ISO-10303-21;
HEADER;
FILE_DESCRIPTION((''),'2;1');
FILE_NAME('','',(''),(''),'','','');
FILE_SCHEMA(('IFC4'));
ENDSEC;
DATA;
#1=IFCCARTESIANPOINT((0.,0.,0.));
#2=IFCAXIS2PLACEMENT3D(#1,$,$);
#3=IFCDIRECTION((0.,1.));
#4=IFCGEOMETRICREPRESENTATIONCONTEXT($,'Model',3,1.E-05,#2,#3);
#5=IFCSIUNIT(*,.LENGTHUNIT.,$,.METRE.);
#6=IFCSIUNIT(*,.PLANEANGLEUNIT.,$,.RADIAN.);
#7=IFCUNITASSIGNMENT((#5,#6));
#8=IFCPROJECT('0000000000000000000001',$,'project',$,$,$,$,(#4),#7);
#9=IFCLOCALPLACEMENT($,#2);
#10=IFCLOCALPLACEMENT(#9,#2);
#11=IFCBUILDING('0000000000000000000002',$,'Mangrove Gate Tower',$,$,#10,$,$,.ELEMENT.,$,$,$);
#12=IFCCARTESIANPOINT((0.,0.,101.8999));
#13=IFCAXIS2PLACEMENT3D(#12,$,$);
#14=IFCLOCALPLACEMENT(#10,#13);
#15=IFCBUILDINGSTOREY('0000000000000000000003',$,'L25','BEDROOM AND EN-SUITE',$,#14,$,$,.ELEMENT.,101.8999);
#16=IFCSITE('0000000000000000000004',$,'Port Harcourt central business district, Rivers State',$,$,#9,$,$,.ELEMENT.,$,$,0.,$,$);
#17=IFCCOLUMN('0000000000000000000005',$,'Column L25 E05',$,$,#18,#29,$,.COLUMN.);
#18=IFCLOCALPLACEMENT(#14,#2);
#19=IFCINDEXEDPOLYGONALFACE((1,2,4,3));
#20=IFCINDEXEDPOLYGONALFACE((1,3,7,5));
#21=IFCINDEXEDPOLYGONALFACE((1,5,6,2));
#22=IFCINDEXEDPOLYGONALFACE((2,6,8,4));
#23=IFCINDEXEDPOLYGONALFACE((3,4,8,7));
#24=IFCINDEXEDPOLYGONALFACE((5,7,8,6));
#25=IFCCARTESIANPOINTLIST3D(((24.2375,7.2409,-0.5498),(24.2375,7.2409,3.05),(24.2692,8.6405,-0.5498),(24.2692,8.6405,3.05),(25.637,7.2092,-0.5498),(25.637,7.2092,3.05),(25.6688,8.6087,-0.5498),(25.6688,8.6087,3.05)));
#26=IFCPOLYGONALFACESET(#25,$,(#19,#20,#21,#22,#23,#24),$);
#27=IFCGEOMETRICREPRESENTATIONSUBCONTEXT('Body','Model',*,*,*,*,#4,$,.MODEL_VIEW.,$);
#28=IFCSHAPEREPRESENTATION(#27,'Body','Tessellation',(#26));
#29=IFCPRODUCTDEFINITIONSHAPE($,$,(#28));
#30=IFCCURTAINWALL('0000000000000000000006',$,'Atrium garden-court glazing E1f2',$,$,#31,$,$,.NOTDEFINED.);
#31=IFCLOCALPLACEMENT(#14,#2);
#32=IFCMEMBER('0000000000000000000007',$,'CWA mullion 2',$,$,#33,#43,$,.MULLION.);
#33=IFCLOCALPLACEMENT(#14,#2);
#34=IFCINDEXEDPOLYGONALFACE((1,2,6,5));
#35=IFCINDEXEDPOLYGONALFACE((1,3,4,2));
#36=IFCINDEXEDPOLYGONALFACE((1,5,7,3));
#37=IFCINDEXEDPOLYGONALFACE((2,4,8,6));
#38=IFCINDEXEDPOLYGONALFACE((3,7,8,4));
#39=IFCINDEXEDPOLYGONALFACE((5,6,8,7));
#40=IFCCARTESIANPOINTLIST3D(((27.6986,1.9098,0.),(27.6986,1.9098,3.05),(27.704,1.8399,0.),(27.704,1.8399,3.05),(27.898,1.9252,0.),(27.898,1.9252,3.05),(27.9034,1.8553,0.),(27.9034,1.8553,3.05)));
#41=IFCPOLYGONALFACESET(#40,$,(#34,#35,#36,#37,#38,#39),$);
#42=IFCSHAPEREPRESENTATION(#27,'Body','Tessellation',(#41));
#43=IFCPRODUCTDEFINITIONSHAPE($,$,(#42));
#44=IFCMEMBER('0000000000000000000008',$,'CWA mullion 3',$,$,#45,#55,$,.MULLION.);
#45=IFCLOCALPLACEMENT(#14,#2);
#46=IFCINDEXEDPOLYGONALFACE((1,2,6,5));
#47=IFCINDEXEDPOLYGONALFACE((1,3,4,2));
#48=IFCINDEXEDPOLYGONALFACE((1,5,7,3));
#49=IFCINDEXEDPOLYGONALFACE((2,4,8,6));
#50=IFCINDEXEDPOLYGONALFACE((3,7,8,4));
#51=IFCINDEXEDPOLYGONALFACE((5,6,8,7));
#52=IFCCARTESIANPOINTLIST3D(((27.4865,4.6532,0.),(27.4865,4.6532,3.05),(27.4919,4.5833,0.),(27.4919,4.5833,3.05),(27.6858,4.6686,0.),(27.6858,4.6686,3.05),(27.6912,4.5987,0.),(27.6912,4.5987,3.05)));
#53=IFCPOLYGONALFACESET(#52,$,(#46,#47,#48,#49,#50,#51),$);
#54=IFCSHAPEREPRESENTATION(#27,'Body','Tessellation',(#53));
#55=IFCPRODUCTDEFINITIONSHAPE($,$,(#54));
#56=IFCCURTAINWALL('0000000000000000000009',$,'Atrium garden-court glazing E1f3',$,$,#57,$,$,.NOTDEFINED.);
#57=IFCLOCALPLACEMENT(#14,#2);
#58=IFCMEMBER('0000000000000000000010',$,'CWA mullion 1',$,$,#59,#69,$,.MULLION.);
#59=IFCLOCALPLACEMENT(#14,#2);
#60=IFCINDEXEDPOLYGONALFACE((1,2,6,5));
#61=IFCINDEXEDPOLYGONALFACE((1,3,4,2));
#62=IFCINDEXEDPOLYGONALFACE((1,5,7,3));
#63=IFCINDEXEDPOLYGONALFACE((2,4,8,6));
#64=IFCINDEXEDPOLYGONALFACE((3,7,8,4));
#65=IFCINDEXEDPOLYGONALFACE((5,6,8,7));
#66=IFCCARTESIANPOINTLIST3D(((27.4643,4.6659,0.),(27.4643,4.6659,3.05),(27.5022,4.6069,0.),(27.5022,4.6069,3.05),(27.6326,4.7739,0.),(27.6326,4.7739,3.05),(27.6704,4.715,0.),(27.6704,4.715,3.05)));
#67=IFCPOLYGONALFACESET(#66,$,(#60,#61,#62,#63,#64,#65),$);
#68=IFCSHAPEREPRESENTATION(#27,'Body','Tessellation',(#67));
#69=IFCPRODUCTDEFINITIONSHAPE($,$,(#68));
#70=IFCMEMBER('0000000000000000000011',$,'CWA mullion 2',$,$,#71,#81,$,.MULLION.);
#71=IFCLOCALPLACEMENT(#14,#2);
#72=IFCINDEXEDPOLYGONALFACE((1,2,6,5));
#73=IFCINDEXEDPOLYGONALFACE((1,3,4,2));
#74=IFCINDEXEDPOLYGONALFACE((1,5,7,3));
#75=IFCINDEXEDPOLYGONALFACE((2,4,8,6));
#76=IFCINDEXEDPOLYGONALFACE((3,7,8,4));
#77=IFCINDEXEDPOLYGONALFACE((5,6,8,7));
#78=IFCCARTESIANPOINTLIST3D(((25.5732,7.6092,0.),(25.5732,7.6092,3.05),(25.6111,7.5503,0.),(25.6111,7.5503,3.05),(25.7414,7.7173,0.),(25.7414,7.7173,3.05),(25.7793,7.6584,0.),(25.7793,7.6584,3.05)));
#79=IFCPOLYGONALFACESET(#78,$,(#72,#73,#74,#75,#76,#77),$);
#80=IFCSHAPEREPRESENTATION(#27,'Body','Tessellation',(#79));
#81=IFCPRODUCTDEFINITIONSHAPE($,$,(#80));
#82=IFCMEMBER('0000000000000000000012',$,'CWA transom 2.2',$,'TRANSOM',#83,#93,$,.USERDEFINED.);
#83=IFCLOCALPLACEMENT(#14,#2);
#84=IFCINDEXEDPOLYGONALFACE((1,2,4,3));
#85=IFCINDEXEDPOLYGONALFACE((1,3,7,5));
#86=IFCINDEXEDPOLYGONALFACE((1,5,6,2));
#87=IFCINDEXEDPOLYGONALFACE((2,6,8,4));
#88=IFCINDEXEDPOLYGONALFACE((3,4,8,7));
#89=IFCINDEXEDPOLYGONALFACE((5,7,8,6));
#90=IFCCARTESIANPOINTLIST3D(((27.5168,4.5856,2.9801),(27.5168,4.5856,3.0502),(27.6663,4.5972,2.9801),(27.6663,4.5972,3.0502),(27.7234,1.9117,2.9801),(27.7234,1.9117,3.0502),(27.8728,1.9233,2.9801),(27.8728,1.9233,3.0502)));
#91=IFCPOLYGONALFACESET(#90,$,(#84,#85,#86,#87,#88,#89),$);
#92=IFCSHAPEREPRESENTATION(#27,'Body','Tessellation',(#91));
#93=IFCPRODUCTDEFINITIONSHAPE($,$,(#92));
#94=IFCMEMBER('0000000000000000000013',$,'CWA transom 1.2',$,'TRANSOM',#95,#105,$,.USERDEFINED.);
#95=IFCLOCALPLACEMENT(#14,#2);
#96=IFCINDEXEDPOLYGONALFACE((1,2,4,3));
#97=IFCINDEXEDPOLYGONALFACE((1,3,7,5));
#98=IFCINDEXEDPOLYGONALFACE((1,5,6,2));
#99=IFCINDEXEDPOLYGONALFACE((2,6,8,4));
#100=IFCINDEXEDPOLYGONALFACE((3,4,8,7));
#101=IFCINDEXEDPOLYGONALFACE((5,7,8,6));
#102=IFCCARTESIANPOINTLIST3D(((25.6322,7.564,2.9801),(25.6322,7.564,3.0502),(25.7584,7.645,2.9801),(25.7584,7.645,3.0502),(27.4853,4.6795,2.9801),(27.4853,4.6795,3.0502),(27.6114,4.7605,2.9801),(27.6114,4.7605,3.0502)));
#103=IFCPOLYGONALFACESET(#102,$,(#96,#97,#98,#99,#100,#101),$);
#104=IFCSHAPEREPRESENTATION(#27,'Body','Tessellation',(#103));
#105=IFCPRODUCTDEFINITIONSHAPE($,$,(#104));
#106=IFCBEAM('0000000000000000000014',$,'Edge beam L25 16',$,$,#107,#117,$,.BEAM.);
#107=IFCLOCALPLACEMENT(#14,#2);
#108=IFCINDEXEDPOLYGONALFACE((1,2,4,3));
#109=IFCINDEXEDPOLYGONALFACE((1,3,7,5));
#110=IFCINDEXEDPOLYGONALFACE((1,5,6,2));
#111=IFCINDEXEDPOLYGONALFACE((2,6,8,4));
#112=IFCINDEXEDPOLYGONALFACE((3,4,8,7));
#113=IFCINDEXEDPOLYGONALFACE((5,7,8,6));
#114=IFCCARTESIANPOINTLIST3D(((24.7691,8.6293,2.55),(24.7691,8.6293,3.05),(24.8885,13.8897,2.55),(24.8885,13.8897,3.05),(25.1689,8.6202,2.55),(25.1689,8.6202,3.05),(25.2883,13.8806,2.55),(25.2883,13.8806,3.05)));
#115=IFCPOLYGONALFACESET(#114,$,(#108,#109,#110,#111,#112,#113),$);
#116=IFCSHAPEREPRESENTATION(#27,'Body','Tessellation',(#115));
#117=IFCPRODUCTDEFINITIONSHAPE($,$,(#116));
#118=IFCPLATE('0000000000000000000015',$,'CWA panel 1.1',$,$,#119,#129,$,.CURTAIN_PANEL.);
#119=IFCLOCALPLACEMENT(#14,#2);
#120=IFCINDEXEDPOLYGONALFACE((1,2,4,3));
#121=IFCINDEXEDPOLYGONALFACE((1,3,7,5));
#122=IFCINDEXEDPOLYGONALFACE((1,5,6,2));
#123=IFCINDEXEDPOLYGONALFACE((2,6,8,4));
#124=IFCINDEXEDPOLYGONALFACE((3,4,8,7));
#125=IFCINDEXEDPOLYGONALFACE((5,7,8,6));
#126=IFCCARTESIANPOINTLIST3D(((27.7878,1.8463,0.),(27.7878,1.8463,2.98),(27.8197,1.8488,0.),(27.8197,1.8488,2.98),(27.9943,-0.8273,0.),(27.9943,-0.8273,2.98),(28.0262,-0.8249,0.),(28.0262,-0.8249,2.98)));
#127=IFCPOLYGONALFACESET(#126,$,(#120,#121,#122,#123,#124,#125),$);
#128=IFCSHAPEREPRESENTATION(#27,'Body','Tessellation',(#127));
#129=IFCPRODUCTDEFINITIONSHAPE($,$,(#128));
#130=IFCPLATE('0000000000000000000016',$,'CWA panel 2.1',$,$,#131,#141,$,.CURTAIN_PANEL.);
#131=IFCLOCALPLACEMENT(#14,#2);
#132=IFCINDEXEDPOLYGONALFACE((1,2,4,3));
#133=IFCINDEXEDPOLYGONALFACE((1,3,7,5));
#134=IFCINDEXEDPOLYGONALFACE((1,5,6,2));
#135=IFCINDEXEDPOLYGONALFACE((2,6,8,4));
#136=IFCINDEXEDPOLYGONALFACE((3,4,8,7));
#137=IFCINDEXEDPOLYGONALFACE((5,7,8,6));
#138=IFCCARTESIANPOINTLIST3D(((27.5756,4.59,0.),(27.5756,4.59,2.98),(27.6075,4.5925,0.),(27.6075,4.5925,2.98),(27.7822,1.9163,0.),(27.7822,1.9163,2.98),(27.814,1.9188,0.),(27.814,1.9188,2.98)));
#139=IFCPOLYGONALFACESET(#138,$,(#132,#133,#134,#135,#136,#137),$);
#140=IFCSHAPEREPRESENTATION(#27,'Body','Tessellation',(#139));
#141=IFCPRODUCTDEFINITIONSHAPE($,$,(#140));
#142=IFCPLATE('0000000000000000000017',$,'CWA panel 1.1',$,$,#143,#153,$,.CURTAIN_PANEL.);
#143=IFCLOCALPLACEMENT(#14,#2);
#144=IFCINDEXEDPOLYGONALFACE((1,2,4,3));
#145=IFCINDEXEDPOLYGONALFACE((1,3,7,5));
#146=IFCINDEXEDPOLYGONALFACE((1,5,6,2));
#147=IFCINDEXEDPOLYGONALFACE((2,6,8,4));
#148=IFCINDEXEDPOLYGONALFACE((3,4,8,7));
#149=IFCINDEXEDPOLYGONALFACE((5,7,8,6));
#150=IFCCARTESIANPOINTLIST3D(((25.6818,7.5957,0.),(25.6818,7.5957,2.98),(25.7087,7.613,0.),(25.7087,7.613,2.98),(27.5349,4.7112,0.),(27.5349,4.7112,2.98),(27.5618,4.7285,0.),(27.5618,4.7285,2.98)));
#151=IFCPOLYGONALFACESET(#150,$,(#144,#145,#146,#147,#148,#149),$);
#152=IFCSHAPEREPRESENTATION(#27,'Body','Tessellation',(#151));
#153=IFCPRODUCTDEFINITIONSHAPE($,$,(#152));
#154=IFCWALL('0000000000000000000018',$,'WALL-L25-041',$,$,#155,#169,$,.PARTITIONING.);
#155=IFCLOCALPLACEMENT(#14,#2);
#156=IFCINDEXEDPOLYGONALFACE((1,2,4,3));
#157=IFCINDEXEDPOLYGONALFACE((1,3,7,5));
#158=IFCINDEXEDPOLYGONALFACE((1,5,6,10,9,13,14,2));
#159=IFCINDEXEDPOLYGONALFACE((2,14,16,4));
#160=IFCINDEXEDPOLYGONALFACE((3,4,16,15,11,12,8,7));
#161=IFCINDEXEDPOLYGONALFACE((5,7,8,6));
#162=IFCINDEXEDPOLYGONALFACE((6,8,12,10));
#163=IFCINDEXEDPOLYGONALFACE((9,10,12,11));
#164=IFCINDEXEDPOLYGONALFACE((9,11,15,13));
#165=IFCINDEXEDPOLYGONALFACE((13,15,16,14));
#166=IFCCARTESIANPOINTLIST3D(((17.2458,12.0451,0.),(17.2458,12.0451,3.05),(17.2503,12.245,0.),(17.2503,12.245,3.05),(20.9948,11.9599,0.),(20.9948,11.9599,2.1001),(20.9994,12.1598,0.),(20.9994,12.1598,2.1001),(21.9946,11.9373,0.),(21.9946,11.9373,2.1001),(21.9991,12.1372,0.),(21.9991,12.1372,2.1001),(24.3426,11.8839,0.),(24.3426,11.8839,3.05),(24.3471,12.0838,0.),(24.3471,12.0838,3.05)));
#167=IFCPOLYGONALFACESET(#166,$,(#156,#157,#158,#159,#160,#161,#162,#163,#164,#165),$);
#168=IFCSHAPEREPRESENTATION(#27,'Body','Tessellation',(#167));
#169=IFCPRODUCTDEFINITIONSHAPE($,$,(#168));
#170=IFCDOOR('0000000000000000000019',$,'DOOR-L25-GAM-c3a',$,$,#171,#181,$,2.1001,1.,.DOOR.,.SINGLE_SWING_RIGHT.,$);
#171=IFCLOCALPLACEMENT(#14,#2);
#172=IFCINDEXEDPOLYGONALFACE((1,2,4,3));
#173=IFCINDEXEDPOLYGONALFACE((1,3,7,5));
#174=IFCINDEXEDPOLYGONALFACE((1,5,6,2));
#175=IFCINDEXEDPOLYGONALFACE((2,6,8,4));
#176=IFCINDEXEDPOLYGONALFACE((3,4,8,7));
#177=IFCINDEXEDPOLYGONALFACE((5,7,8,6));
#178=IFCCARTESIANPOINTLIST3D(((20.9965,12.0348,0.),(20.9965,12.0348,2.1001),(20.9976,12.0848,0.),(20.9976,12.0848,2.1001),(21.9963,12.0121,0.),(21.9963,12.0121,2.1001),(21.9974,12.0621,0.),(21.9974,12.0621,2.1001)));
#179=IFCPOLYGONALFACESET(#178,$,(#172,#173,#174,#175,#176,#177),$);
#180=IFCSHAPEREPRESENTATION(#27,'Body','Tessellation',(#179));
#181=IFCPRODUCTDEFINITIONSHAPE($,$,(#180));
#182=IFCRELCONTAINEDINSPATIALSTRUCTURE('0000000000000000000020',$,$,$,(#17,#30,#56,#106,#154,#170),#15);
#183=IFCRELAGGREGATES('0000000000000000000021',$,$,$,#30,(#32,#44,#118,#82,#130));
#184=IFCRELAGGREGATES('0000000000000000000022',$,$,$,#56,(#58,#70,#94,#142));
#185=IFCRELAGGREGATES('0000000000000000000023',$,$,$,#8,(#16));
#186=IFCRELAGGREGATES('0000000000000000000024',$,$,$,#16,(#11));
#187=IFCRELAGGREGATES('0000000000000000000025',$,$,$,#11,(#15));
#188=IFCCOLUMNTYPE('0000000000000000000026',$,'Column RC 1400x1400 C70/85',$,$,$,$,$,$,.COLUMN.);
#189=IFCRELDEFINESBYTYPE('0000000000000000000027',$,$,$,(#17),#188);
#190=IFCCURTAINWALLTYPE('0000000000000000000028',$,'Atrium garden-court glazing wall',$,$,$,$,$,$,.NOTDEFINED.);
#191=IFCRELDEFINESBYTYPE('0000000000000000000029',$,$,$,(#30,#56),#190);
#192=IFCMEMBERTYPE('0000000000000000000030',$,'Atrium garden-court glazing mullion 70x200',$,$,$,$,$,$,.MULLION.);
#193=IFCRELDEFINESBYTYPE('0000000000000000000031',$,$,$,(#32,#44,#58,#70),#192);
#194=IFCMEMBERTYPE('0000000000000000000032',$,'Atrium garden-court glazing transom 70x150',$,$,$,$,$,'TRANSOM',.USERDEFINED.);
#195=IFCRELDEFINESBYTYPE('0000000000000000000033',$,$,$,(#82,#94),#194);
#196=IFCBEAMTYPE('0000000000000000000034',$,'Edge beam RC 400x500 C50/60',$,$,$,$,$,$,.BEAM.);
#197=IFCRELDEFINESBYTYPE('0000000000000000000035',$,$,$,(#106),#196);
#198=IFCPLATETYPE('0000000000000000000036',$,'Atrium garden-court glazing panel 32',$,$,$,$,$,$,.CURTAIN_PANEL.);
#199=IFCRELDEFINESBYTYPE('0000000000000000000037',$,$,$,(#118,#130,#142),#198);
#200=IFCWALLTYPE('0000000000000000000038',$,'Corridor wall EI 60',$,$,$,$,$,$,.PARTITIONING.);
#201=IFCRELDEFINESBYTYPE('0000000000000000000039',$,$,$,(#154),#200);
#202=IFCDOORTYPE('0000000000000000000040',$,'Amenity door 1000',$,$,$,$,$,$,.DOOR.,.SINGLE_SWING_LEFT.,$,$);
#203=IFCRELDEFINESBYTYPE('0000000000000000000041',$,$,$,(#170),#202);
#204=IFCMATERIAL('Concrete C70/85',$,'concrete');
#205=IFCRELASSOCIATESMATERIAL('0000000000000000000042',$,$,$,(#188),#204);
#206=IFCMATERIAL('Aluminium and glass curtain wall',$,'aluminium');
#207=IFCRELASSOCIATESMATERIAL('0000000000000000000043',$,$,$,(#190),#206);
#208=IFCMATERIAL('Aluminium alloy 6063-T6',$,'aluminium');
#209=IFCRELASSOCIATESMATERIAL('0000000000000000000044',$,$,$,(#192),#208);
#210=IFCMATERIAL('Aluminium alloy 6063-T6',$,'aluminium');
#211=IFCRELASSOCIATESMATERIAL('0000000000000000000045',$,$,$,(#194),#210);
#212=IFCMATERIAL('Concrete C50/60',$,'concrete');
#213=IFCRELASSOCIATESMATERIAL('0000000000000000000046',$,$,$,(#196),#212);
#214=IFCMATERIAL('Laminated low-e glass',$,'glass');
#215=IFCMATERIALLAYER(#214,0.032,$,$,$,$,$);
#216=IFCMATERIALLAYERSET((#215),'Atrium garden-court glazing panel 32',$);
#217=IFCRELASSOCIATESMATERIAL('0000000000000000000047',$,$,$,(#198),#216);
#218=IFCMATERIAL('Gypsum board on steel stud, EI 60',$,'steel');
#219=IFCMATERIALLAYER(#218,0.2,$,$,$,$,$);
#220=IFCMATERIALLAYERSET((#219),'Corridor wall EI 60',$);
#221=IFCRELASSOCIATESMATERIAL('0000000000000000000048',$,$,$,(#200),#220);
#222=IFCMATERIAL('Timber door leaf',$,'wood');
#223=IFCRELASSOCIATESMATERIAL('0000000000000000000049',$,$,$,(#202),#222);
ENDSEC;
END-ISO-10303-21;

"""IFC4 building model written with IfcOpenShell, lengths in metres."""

from ifc_helpers import new_model, si_unit, direction, frame, frame_2d, origin, origin_2d, place, context, subcontext, project, spatial, rectangle, extrude, material, layer, layer_set, material_profile, profile_set, type_object, element, fill, aggregate, save


model = new_model("IFC4")

# Units and contexts
model_context = context("Model", 3, precision=1e-05, world=origin(), true_north=direction((0.0, 1.0)))
body_context = subcontext(model_context, "Body", "Model", "MODEL_VIEW")
ifc_project = project(units=[si_unit("LENGTHUNIT", "METRE"), si_unit("PLANEANGLEUNIT", "RADIAN")], contexts=[model_context])

# Site, building, storey
site_placement = place(None, origin())
site = spatial("IfcSite", under=ifc_project, at=site_placement, Name="Port Harcourt central business district, Rivers State", CompositionType="ELEMENT", RefElevation=0.0)
building_placement = place(site_placement, origin())
building = spatial("IfcBuilding", under=site, at=building_placement, Name="Mangrove Gate Tower", CompositionType="ELEMENT")
storey_placement = place(building_placement, frame((0.0, 0.0, 101.8999)))
storey = spatial("IfcBuildingStorey", under=building, at=storey_placement, Name="L25", Description="BEDROOM AND EN-SUITE", CompositionType="ELEMENT", Elevation=101.8999)

# Column
ifc_material_1 = material(Name="Concrete C70/85", Category="concrete")
ifc_material_profile_1 = material_profile(ifc_material_1, rectangle(XDim=1.3999, YDim=1.3999, at=origin_2d()))
ifc_profile_set_1 = profile_set([ifc_material_profile_1], Name="Concrete C70/85")
column_type = type_object("IfcColumnType", Name="Column RC 1400x1400 C70/85", PredefinedType="COLUMN", material=ifc_profile_set_1)
column_placement = place(storey_placement, frame((24.9531, 7.9248, -0.5498), z_axis=(0.0, 0.0, 1.0), x_axis=(0.022682, 0.999743, 0.0)))
element("IfcColumn", 1, at=column_placement, inside=storey, type_object=column_type, Name="Column L25 E05", PredefinedType="COLUMN", context=body_context, shape_type="SweptSolid", body=[
    extrude(rectangle(XDim=1.3999, YDim=1.3999, at=origin_2d()), origin(), (0.0, 0.0, 1.0), 3.5999),
])

# Curtain walls, members
ifc_material_2 = material(Name="Aluminium and glass curtain wall", Category="aluminium")
curtain_wall_type = type_object("IfcCurtainWallType", Name="Atrium garden-court glazing wall", PredefinedType="NOTDEFINED", material=ifc_material_2)
curtain_wall_1_placement = place(storey_placement, origin())
curtain_wall_1 = element("IfcCurtainWall", 2, at=curtain_wall_1_placement, inside=storey, type_object=curtain_wall_type, Name="Atrium garden-court glazing E1f2", PredefinedType="NOTDEFINED")
ifc_material_3 = material(Name="Aluminium alloy 6063-T6", Category="aluminium")
ifc_material_profile_2 = material_profile(ifc_material_3, rectangle(XDim=0.0701, YDim=0.2, at=origin_2d()))
ifc_profile_set_2 = profile_set([ifc_material_profile_2], Name="Aluminium alloy 6063-T6")
member_type_1 = type_object("IfcMemberType", Name="Atrium garden-court glazing mullion 70x200", PredefinedType="MULLION", material=ifc_profile_set_2)
member_1_placement = place(storey_placement, frame((27.801, 1.8826, 0.0), z_axis=(0.0, 0.0, 1.0), x_axis=(-0.077023, 0.997029, 0.0)))
member_1 = element("IfcMember", 3, at=member_1_placement, type_object=member_type_1, Name="CWA mullion 2", PredefinedType="MULLION", context=body_context, shape_type="SweptSolid", body=[
    extrude(rectangle(XDim=0.0701, YDim=0.2, at=origin_2d()), origin(), (0.0, 0.0, 1.0), 3.05),
])
member_2_placement = place(storey_placement, frame((27.5889, 4.626, 0.0), z_axis=(0.0, 0.0, 1.0), x_axis=(-0.077023, 0.997029, 0.0)))
member_2 = element("IfcMember", 4, at=member_2_placement, type_object=member_type_1, Name="CWA mullion 3", PredefinedType="MULLION", context=body_context, shape_type="SweptSolid", body=[
    extrude(rectangle(XDim=0.0701, YDim=0.2, at=origin_2d()), origin(), (0.0, 0.0, 1.0), 3.05),
])
curtain_wall_2_placement = place(storey_placement, origin())
curtain_wall_2 = element("IfcCurtainWall", 5, at=curtain_wall_2_placement, inside=storey, type_object=curtain_wall_type, Name="Atrium garden-court glazing E1f3", PredefinedType="NOTDEFINED")
member_3_placement = place(storey_placement, frame((27.5674, 4.6904, 0.0), z_axis=(0.0, 0.0, 1.0), x_axis=(-0.540511, 0.841337, 0.0)))
member_3 = element("IfcMember", 6, at=member_3_placement, type_object=member_type_1, Name="CWA mullion 1", PredefinedType="MULLION", context=body_context, shape_type="SweptSolid", body=[
    extrude(rectangle(XDim=0.0701, YDim=0.2, at=origin_2d()), origin(), (0.0, 0.0, 1.0), 3.05),
])
member_4_placement = place(storey_placement, frame((25.6763, 7.6338, 0.0), z_axis=(0.0, 0.0, 1.0), x_axis=(-0.540511, 0.841337, 0.0)))
member_4 = element("IfcMember", 7, at=member_4_placement, type_object=member_type_1, Name="CWA mullion 2", PredefinedType="MULLION", context=body_context, shape_type="SweptSolid", body=[
    extrude(rectangle(XDim=0.0701, YDim=0.2, at=origin_2d()), origin(), (0.0, 0.0, 1.0), 3.05),
])

# Members
ifc_material_4 = material(Name="Aluminium alloy 6063-T6", Category="aluminium")
ifc_material_profile_3 = material_profile(ifc_material_4, rectangle(XDim=0.0701, YDim=0.1499, at=origin_2d()))
ifc_profile_set_3 = profile_set([ifc_material_profile_3], Name="Aluminium alloy 6063-T6")
member_type_2 = type_object("IfcMemberType", Name="Atrium garden-court glazing transom 70x150", ElementType="TRANSOM", PredefinedType="USERDEFINED", material=ifc_profile_set_3)
member_5_placement = place(storey_placement, frame((27.7981, 1.9175, 3.0151), z_axis=(-0.077017, 0.99703, 0.0), x_axis=(0.0, 0.0, 1.0)))
member_5 = element("IfcMember", 8, at=member_5_placement, type_object=member_type_2, Name="CWA transom 2.2", ObjectType="TRANSOM", PredefinedType="USERDEFINED", context=body_context, shape_type="SweptSolid", body=[
    extrude(rectangle(XDim=0.0701, YDim=0.1499, at=origin_2d()), origin(), (0.0, 0.0, 1.0), 2.6819),
])
member_6_placement = place(storey_placement, frame((27.5483, 4.72, 3.0151), z_axis=(-0.540488, 0.841352, 0.0), x_axis=(0.0, 0.0, 1.0)))
member_6 = element("IfcMember", 9, at=member_6_placement, type_object=member_type_2, Name="CWA transom 1.2", ObjectType="TRANSOM", PredefinedType="USERDEFINED", context=body_context, shape_type="SweptSolid", body=[
    extrude(rectangle(XDim=0.0701, YDim=0.1499, at=origin_2d()), origin(), (0.0, 0.0, 1.0), 3.4285),
])

# Beam
ifc_material_5 = material(Name="Concrete C50/60", Category="concrete")
ifc_material_profile_4 = material_profile(ifc_material_5, rectangle(XDim=0.3999, YDim=0.5, at=origin_2d()))
ifc_profile_set_4 = profile_set([ifc_material_profile_4], Name="Concrete C50/60")
beam_type = type_object("IfcBeamType", Name="Edge beam RC 400x500 C50/60", PredefinedType="BEAM", material=ifc_profile_set_4)
beam_placement = place(storey_placement, frame((24.969, 8.6248, 2.8), z_axis=(0.02269, 0.999743, 0.0), x_axis=(-0.999743, 0.02269, 0.0)))
element("IfcBeam", 10, at=beam_placement, inside=storey, type_object=beam_type, Name="Edge beam L25 16", PredefinedType="BEAM", context=body_context, shape_type="SweptSolid", body=[
    extrude(rectangle(XDim=0.3999, YDim=0.5, at=origin_2d()), origin(), (0.0, 0.0, 1.0), 5.2617),
])

# Plates
ifc_material_6 = material(Name="Laminated low-e glass", Category="glass")
ifc_layer_1 = layer(ifc_material_6, 0.032)
ifc_layer_set_1 = layer_set([ifc_layer_1], Name="Atrium garden-court glazing panel 32")
plate_type = type_object("IfcPlateType", Name="Atrium garden-court glazing panel 32", PredefinedType="CURTAIN_PANEL", material=ifc_layer_set_1)
plate_1_placement = place(storey_placement, frame((27.907, 0.5107, 0.0), z_axis=(0.0, 0.0, 1.0), x_axis=(-0.077023, 0.997029, 0.0)))
plate_1 = element("IfcPlate", 11, at=plate_1_placement, type_object=plate_type, Name="CWA panel 1.1", PredefinedType="CURTAIN_PANEL", context=body_context, shape_type="SweptSolid", body=[
    extrude(rectangle(XDim=2.6816, YDim=0.032, at=origin_2d()), origin(), (0.0, 0.0, 1.0), 2.98),
])
plate_2_placement = place(storey_placement, frame((27.6948, 3.2544, 0.0), z_axis=(0.0, 0.0, 1.0), x_axis=(-0.077023, 0.997029, 0.0)))
plate_2 = element("IfcPlate", 12, at=plate_2_placement, type_object=plate_type, Name="CWA panel 2.1", PredefinedType="CURTAIN_PANEL", context=body_context, shape_type="SweptSolid", body=[
    extrude(rectangle(XDim=2.6816, YDim=0.032, at=origin_2d()), origin(), (0.0, 0.0, 1.0), 2.98),
])
aggregate(curtain_wall_1, [member_1, member_2, plate_1, member_5, plate_2])
plate_3_placement = place(storey_placement, frame((26.6218, 6.1621, 0.0), z_axis=(0.0, 0.0, 1.0), x_axis=(-0.540511, 0.841337, 0.0)))
plate_3 = element("IfcPlate", 13, at=plate_3_placement, type_object=plate_type, Name="CWA panel 1.1", PredefinedType="CURTAIN_PANEL", context=body_context, shape_type="SweptSolid", body=[
    extrude(rectangle(XDim=3.4285, YDim=0.032, at=origin_2d()), origin(), (0.0, 0.0, 1.0), 2.98),
])
aggregate(curtain_wall_2, [member_3, member_4, member_6, plate_3])

# Wall, opening, door
ifc_material_7 = material(Name="Gypsum board on steel stud, EI 60", Category="steel")
ifc_layer_2 = layer(ifc_material_7, 0.2)
ifc_layer_set_2 = layer_set([ifc_layer_2], Name="Corridor wall EI 60")
wall_type_1 = type_object("IfcWallType", Name="Corridor wall EI 60", PredefinedType="PARTITIONING", material=ifc_layer_set_2)
wall_1_placement = place(storey_placement, frame((17.248, 12.145, 0.0), z_axis=(0.0, 0.0, 1.0), x_axis=(0.999742, -0.022699, 0.0)))
wall_1 = element("IfcWall", 14, at=wall_1_placement, inside=storey, type_object=wall_type_1, Name="WALL-L25-041", PredefinedType="PARTITIONING", context=body_context, shape_type="SweptSolid", body=[
    extrude(rectangle(XDim=7.0986, YDim=0.2, at=frame_2d((3.5493, 0.0))), origin(), (0.0, 0.0, 1.0), 3.05),
])
opening_1_placement = place(wall_1_placement, frame((3.75, 0.0, 0.0)))
opening_1 = element("IfcOpeningElement", 15, at=opening_1_placement, cuts=wall_1, PredefinedType="OPENING", context=body_context, shape_type="SweptSolid", body=[
    extrude(rectangle(XDim=1.0, YDim=2.1001, at=frame_2d((0.5, 1.05))), frame((0.0, 0.1099, 0.0), z_axis=(0.0, -1.0, 0.0), x_axis=(1.0, 0.0, 0.0)), (0.0, 0.0, 1.0), 0.22),
])
ifc_material_8 = material(Name="Timber door leaf", Category="wood")
door_type_1 = type_object("IfcDoorType", Name="Amenity door 1000", OperationType="SINGLE_SWING_LEFT", PredefinedType="DOOR", material=ifc_material_8)
door_1_placement = place(opening_1_placement, origin())
door_1 = element("IfcDoor", 16, at=door_1_placement, inside=storey, type_object=door_type_1, Name="DOOR-L25-GAM-c3a", OperationType="SINGLE_SWING_RIGHT", OverallHeight=2.1001, OverallWidth=1.0, PredefinedType="DOOR", context=body_context, shape_type="SweptSolid", body=[
    extrude(rectangle(XDim=1.0, YDim=2.1001, at=frame_2d((0.5, 1.05))), frame((0.0, 0.0249, 0.0), z_axis=(0.0, -1.0, 0.0), x_axis=(1.0, 0.0, 0.0)), (0.0, 0.0, 1.0), 0.05),
])
fill(opening_1, door_1)

save(model, "model.ifc")
